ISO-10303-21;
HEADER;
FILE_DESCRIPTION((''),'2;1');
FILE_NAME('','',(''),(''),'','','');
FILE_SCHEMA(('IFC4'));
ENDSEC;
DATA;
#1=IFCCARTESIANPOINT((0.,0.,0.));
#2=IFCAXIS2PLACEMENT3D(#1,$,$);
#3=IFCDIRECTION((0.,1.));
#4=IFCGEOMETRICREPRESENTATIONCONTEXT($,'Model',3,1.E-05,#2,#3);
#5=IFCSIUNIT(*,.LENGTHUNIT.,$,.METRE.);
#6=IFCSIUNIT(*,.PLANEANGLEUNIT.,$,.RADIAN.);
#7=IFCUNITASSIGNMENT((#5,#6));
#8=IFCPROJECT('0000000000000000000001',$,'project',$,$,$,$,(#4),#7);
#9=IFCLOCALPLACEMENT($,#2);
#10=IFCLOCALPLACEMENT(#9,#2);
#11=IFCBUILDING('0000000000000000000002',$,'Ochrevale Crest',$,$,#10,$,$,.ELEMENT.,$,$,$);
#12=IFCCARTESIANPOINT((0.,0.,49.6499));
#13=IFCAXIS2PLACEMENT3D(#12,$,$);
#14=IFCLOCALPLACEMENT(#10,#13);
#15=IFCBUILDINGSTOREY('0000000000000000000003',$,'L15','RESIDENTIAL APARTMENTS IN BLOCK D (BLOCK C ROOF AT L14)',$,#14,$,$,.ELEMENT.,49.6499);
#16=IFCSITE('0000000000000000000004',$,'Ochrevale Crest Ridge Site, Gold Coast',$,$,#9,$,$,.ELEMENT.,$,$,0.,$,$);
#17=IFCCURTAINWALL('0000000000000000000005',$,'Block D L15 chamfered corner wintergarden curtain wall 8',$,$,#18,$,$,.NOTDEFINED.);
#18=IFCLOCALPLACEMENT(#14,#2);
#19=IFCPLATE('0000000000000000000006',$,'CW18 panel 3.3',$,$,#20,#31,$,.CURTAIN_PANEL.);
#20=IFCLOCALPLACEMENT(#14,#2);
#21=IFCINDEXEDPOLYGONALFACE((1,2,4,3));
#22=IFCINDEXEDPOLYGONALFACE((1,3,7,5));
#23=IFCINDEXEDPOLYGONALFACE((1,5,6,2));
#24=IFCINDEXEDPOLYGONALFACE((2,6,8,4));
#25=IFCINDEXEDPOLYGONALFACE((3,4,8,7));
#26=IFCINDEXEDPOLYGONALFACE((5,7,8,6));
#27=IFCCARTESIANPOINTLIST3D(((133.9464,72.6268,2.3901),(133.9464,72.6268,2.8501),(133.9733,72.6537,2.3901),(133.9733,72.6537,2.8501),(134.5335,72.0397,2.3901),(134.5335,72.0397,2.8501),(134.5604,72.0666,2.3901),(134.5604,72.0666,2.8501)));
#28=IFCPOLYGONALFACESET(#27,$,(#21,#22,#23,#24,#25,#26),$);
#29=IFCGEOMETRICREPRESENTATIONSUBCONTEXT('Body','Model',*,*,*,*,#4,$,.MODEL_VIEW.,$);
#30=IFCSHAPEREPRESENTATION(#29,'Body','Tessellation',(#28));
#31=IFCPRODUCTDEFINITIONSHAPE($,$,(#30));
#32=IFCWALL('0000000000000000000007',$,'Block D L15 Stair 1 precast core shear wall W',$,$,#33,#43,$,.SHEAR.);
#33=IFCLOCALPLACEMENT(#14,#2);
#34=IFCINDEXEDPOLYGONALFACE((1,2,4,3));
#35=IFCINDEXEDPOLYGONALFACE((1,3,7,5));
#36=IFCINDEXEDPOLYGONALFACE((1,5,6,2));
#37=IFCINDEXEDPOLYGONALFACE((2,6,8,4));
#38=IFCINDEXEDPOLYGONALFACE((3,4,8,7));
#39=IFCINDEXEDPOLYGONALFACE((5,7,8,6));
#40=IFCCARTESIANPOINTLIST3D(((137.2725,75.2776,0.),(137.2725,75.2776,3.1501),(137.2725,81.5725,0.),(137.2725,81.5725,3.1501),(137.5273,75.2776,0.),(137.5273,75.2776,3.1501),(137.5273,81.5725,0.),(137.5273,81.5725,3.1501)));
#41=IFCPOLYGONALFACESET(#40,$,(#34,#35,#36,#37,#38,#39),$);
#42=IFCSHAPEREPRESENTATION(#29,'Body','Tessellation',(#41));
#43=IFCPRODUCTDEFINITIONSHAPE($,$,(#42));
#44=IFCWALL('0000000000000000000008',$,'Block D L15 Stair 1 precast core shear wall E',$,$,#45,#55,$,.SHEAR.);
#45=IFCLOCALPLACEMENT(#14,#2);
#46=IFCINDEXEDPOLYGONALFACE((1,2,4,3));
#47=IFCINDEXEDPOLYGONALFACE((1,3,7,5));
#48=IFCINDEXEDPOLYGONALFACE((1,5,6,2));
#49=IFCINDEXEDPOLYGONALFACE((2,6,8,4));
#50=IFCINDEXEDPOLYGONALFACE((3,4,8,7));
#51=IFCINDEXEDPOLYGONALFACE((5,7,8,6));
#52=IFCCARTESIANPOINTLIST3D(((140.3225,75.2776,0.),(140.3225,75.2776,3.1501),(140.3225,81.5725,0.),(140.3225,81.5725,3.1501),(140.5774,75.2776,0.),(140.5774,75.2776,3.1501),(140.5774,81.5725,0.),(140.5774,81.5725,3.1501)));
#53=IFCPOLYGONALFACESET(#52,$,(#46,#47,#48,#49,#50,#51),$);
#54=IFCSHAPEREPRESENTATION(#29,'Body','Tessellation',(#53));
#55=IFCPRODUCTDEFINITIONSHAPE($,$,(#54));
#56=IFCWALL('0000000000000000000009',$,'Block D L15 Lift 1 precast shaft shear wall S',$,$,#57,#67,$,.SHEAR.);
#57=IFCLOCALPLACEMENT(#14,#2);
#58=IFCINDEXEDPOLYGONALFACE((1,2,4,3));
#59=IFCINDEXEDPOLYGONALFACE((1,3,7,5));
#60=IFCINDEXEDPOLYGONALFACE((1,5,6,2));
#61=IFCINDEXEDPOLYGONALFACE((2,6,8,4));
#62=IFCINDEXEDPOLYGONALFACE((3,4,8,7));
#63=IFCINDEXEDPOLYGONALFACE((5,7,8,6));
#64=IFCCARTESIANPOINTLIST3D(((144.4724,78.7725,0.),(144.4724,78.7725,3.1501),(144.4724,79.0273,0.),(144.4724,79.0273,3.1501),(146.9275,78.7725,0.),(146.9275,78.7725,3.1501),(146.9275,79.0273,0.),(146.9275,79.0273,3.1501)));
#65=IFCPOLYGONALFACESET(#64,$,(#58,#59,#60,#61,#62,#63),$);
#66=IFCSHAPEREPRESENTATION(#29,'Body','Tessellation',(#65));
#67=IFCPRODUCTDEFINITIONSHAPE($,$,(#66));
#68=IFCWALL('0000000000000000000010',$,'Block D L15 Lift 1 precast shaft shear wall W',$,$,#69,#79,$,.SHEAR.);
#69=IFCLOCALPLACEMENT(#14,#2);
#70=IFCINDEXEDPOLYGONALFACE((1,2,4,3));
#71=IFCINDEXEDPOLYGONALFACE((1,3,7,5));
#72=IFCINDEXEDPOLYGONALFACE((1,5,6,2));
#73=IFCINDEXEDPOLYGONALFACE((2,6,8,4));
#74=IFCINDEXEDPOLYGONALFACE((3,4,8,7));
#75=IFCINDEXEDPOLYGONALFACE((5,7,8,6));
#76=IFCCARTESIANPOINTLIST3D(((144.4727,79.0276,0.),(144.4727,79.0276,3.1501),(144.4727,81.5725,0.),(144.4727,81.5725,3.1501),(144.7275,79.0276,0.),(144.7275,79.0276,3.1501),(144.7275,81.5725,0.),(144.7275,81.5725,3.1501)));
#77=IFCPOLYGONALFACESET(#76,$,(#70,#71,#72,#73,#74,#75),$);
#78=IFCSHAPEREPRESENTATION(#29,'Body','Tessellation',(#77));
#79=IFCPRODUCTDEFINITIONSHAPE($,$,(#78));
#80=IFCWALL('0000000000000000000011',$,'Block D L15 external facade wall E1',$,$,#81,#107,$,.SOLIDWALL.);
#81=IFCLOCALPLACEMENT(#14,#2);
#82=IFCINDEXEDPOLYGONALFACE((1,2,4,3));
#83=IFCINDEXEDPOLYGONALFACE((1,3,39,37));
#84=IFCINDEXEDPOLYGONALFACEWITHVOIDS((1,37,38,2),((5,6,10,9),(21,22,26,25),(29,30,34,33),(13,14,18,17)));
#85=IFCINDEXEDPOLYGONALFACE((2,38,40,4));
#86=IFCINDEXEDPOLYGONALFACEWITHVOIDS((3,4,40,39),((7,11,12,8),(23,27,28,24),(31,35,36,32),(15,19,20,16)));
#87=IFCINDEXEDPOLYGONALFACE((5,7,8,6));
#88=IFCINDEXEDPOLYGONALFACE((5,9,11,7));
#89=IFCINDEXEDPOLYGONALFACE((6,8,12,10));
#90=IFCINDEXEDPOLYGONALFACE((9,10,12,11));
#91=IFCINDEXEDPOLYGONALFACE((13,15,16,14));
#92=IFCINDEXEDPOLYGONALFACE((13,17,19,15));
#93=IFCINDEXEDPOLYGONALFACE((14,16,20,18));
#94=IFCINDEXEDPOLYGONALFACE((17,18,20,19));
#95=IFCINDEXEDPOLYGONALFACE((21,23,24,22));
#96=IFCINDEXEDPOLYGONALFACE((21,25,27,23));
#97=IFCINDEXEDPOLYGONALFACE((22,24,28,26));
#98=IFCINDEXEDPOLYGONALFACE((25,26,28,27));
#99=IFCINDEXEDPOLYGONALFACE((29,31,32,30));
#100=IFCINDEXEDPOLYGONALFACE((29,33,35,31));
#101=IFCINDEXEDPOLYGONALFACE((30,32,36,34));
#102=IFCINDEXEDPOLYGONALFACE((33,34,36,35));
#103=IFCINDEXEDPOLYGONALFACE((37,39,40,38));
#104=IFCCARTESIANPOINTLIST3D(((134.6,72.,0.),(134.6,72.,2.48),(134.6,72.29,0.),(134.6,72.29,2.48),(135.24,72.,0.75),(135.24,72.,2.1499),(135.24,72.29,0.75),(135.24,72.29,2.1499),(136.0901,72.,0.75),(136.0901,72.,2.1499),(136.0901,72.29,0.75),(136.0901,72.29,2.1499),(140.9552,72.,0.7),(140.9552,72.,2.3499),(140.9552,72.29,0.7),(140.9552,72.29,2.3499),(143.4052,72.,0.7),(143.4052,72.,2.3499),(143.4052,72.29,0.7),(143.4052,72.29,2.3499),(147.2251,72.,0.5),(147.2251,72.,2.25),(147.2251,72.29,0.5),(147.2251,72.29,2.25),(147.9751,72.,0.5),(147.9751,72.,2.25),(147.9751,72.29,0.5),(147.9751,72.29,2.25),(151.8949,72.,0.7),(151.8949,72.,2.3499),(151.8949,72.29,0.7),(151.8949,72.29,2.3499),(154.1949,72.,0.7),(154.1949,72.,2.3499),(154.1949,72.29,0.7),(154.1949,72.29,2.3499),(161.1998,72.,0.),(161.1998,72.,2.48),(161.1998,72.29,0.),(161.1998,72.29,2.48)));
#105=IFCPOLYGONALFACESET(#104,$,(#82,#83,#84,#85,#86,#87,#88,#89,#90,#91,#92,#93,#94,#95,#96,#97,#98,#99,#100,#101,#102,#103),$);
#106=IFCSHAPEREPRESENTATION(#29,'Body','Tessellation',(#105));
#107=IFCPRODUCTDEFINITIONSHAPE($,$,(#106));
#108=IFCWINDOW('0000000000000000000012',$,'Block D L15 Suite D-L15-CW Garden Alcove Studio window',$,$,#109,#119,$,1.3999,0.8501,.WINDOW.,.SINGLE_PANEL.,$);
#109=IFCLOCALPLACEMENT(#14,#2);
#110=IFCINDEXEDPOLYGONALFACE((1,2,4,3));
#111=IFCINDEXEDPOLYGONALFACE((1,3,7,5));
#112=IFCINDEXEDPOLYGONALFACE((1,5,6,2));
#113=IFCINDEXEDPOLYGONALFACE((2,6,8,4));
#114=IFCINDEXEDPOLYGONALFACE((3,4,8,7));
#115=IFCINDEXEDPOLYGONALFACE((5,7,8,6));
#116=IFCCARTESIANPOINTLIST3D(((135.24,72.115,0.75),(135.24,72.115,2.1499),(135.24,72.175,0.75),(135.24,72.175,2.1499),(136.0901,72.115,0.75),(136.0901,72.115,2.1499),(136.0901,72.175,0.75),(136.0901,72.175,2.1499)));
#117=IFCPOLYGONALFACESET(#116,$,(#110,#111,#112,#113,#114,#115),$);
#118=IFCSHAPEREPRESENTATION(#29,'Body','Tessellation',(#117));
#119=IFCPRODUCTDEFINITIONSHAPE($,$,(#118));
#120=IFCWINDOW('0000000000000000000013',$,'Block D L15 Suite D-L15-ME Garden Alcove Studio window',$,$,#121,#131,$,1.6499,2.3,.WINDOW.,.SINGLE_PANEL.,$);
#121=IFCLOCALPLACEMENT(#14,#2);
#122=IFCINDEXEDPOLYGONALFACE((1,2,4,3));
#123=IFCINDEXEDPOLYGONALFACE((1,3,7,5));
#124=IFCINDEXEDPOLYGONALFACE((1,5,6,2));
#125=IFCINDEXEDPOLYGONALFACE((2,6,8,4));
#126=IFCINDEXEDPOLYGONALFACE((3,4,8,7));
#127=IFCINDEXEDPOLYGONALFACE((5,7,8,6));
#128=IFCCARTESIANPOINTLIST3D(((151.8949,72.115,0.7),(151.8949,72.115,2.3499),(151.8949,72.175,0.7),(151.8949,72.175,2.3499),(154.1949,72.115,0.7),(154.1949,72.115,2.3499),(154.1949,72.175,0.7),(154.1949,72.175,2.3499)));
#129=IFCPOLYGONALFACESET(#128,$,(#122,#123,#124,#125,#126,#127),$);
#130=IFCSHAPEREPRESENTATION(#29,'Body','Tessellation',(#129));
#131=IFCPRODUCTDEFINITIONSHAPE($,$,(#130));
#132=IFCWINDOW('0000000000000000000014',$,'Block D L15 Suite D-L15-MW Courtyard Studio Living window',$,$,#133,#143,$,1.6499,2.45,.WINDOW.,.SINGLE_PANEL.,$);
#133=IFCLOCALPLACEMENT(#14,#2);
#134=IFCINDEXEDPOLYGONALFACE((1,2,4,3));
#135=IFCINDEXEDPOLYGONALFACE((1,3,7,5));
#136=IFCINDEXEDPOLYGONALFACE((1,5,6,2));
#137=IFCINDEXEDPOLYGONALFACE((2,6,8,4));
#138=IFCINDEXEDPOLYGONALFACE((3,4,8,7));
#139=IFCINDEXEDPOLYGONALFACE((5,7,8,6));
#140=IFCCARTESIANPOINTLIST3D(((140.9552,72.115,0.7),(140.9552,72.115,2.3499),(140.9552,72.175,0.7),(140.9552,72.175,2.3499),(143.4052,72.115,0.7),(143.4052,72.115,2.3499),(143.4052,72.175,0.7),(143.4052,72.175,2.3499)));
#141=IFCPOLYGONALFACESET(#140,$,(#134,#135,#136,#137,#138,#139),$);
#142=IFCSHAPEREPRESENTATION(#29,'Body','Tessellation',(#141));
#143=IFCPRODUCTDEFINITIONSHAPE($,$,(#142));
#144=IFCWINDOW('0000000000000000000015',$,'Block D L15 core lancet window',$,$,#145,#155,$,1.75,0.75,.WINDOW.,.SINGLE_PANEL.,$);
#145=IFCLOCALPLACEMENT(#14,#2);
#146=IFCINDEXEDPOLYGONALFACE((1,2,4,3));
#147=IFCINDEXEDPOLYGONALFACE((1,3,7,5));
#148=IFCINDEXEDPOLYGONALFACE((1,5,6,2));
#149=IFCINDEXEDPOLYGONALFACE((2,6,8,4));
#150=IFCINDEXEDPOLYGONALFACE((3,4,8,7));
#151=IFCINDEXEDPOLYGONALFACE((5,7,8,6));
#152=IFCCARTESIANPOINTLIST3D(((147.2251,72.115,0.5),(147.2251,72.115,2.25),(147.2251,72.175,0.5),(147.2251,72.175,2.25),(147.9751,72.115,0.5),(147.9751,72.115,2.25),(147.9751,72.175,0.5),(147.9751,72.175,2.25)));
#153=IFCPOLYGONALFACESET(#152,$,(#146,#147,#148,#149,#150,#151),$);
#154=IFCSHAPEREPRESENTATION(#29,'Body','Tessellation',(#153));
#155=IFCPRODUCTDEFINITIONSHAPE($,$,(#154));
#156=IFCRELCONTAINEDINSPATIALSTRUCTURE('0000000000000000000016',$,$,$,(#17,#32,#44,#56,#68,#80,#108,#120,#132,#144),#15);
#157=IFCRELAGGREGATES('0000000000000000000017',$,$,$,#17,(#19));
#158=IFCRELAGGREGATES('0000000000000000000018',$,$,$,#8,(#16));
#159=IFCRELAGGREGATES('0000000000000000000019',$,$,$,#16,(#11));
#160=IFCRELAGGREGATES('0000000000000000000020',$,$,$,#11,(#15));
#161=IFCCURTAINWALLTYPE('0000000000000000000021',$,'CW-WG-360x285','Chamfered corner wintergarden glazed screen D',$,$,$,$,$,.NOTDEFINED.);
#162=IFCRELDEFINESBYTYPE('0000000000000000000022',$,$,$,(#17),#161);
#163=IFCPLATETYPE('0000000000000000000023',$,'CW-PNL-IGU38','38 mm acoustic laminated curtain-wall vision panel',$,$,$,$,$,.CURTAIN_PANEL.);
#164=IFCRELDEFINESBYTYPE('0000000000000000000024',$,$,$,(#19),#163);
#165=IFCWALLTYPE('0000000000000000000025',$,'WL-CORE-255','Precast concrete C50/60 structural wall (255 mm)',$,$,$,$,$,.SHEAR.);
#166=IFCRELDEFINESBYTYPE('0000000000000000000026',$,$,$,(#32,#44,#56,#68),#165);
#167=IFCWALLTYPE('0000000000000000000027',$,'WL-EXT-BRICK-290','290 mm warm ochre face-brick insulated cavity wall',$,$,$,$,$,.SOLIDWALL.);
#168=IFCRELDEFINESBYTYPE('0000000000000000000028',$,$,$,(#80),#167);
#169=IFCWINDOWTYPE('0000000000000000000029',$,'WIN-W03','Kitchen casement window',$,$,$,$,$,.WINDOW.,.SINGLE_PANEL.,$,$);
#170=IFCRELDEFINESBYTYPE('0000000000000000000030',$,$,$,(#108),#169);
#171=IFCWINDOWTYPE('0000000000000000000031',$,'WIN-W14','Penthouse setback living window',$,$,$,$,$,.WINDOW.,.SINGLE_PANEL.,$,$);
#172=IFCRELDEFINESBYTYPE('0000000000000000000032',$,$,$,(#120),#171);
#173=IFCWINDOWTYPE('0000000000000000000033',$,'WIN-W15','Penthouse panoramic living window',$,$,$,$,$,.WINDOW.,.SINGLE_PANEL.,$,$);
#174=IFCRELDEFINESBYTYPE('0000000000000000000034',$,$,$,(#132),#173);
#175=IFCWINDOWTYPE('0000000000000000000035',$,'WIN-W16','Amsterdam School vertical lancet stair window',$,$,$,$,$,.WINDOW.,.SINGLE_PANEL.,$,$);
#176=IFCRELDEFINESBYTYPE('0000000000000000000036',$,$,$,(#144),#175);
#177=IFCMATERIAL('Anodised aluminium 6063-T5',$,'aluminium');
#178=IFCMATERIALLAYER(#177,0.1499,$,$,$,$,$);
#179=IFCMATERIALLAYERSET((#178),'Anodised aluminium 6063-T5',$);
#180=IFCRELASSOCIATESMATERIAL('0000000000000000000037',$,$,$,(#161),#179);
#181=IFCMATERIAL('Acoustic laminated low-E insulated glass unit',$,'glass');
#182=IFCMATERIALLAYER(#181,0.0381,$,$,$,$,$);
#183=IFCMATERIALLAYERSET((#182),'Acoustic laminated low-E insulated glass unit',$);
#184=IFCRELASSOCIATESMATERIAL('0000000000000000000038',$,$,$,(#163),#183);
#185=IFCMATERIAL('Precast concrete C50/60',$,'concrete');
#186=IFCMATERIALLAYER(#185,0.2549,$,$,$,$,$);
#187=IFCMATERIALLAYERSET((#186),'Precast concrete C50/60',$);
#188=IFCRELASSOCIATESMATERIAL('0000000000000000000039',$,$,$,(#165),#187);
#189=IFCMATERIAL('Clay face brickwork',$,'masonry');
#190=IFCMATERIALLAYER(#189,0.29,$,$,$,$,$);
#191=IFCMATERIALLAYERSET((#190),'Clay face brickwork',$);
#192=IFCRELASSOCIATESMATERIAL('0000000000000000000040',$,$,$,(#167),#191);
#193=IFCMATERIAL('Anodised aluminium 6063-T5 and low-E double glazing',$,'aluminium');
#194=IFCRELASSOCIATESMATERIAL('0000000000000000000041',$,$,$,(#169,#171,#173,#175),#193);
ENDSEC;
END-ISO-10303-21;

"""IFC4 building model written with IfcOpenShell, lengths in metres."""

from ifc_helpers import new_model, si_unit, direction, frame, frame_2d, origin, origin_2d, place, context, subcontext, project, spatial, rectangle, extrude, material, layer, layer_set, type_object, element, fill, aggregate, save


model = new_model("IFC4")

# Units and contexts
model_context = context("Model", 3, precision=1e-05, world=origin(), true_north=direction((0.0, 1.0)))
body_context = subcontext(model_context, "Body", "Model", "MODEL_VIEW")
ifc_project = project(units=[si_unit("LENGTHUNIT", "METRE"), si_unit("PLANEANGLEUNIT", "RADIAN")], contexts=[model_context])

# Site, building, storey
site_placement = place(None, origin())
site = spatial("IfcSite", under=ifc_project, at=site_placement, Name="Ochrevale Crest Ridge Site, Gold Coast", CompositionType="ELEMENT", RefElevation=0.0)
building_placement = place(site_placement, origin())
building = spatial("IfcBuilding", under=site, at=building_placement, Name="Ochrevale Crest", CompositionType="ELEMENT")
storey_placement = place(building_placement, frame((0.0, 0.0, 49.6499)))
storey = spatial("IfcBuildingStorey", under=building, at=storey_placement, Name="L15", Description="RESIDENTIAL APARTMENTS IN BLOCK D (BLOCK C ROOF AT L14)", CompositionType="ELEMENT", Elevation=49.6499)

# Shared definitions
ifc_material_1 = material(Name="Precast concrete C50/60", Category="concrete")

# Curtain wall, plate
ifc_material_2 = material(Name="Anodised aluminium 6063-T5", Category="aluminium")
ifc_layer_1 = layer(ifc_material_2, 0.1499)
ifc_layer_set_1 = layer_set([ifc_layer_1], Name="Anodised aluminium 6063-T5")
curtain_wall_type = type_object("IfcCurtainWallType", Name="CW-WG-360x285", Description="Chamfered corner wintergarden glazed screen D", PredefinedType="NOTDEFINED", material=ifc_layer_set_1)
curtain_wall_placement = place(storey_placement, origin())
curtain_wall = element("IfcCurtainWall", 1, at=curtain_wall_placement, inside=storey, type_object=curtain_wall_type, Name="Block D L15 chamfered corner wintergarden curtain wall 8", PredefinedType="NOTDEFINED")
ifc_material_3 = material(Name="Acoustic laminated low-E insulated glass unit", Category="glass")
ifc_layer_2 = layer(ifc_material_3, 0.0381)
ifc_layer_set_2 = layer_set([ifc_layer_2], Name="Acoustic laminated low-E insulated glass unit")
plate_type = type_object("IfcPlateType", Name="CW-PNL-IGU38", Description="38 mm acoustic laminated curtain-wall vision panel", PredefinedType="CURTAIN_PANEL", material=ifc_layer_set_2)
plate_1_placement = place(storey_placement, frame((134.2534, 72.3467, 2.3901), z_axis=(0.0, 0.0, 1.0), x_axis=(0.707107, -0.707107, 0.0)))
plate_1 = element("IfcPlate", 2, at=plate_1_placement, type_object=plate_type, Name="CW18 panel 3.3", PredefinedType="CURTAIN_PANEL", context=body_context, shape_type="SweptSolid", body=[
    extrude(rectangle(XDim=0.8303, YDim=0.0381, at=origin_2d()), origin(), (0.0, 0.0, 1.0), 0.46),
])
aggregate(curtain_wall, [plate_1])

# Walls
ifc_layer_3 = layer(ifc_material_1, 0.2549)
ifc_layer_set_3 = layer_set([ifc_layer_3], Name="Precast concrete C50/60")
wall_type_1 = type_object("IfcWallType", Name="WL-CORE-255", Description="Precast concrete C50/60 structural wall (255 mm)", PredefinedType="SHEAR", material=ifc_layer_set_3)
for number, where, z_axis, x_axis, name in (
    (3, (137.3999, 75.2776, 0.0), (0.0, 0.0, 1.0), (0.0, 1.0, 0.0), "Block D L15 Stair 1 precast core shear wall W"),
    (4, (140.45, 75.2776, 0.0), (0.0, 0.0, 1.0), (0.0, 1.0, 0.0), "Block D L15 Stair 1 precast core shear wall E"),
):
    element("IfcWall", number, at=place(storey_placement, frame(where, z_axis=z_axis, x_axis=x_axis)), inside=storey, type_object=wall_type_1, Name=name, PredefinedType="SHEAR", context=body_context, shape_type="SweptSolid", body=[
        extrude(rectangle(XDim=6.2949, YDim=0.2549, at=frame_2d((3.1475, 0.0))), origin(), (0.0, 0.0, 1.0), 3.1501),
    ])
wall_1_placement = place(storey_placement, frame((144.4724, 78.8999, 0.0), z_axis=(0.0, 0.0, 1.0), x_axis=(1.0, 0.0, 0.0)))
element("IfcWall", 5, at=wall_1_placement, inside=storey, type_object=wall_type_1, Name="Block D L15 Lift 1 precast shaft shear wall S", PredefinedType="SHEAR", context=body_context, shape_type="SweptSolid", body=[
    extrude(rectangle(XDim=2.4551, YDim=0.2549, at=frame_2d((1.2275, 0.0))), origin(), (0.0, 0.0, 1.0), 3.1501),
])
wall_2_placement = place(storey_placement, frame((144.6001, 79.0276, 0.0), z_axis=(0.0, 0.0, 1.0), x_axis=(0.0, 1.0, 0.0)))
element("IfcWall", 6, at=wall_2_placement, inside=storey, type_object=wall_type_1, Name="Block D L15 Lift 1 precast shaft shear wall W", PredefinedType="SHEAR", context=body_context, shape_type="SweptSolid", body=[
    extrude(rectangle(XDim=2.5449, YDim=0.2549, at=frame_2d((1.2725, 0.0))), origin(), (0.0, 0.0, 1.0), 3.1501),
])

# Wall, openings, windows
ifc_material_4 = material(Name="Clay face brickwork", Category="masonry")
ifc_layer_4 = layer(ifc_material_4, 0.29)
ifc_layer_set_4 = layer_set([ifc_layer_4], Name="Clay face brickwork")
wall_type_2 = type_object("IfcWallType", Name="WL-EXT-BRICK-290", Description="290 mm warm ochre face-brick insulated cavity wall", PredefinedType="SOLIDWALL", material=ifc_layer_set_4)
wall_3_placement = place(storey_placement, frame((134.6001, 72.145, 0.0), z_axis=(0.0, 0.0, 1.0), x_axis=(1.0, 0.0, 0.0)))
wall_3 = element("IfcWall", 7, at=wall_3_placement, inside=storey, type_object=wall_type_2, Name="Block D L15 external facade wall E1", PredefinedType="SOLIDWALL", context=body_context, shape_type="SweptSolid", body=[
    extrude(rectangle(XDim=26.5999, YDim=0.29, at=frame_2d((13.2998, 0.0))), origin(), (0.0, 0.0, 1.0), 2.48),
])
opening_1_placement = place(wall_3_placement, frame((12.625, 0.0, 0.5)))
opening_1 = element("IfcOpeningElement", 8, at=opening_1_placement, cuts=wall_3, PredefinedType="OPENING", context=body_context, shape_type="SweptSolid", body=[
    extrude(rectangle(XDim=0.75, YDim=1.75, at=frame_2d((0.375, 0.875))), frame((0.0, 0.155, 0.0), z_axis=(0.0, -1.0, 0.0), x_axis=(1.0, 0.0, 0.0)), (0.0, 0.0, 1.0), 0.3101),
])
opening_2_placement = place(wall_3_placement, frame((0.6399, 0.0, 0.75)))
opening_2 = element("IfcOpeningElement", 9, at=opening_2_placement, cuts=wall_3, PredefinedType="OPENING", context=body_context, shape_type="SweptSolid", body=[
    extrude(rectangle(XDim=0.8501, YDim=1.3999, at=frame_2d((0.425, 0.7))), frame((0.0, 0.155, 0.0), z_axis=(0.0, -1.0, 0.0), x_axis=(1.0, 0.0, 0.0)), (0.0, 0.0, 1.0), 0.3101),
])
opening_3_placement = place(wall_3_placement, frame((17.2949, 0.0, 0.7)))
opening_3 = element("IfcOpeningElement", 10, at=opening_3_placement, cuts=wall_3, PredefinedType="OPENING", context=body_context, shape_type="SweptSolid", body=[
    extrude(rectangle(XDim=2.3, YDim=1.6499, at=frame_2d((1.1499, 0.825))), frame((0.0, 0.155, 0.0), z_axis=(0.0, -1.0, 0.0), x_axis=(1.0, 0.0, 0.0)), (0.0, 0.0, 1.0), 0.3101),
])
opening_4_placement = place(wall_3_placement, frame((6.355, 0.0, 0.7)))
opening_4 = element("IfcOpeningElement", 11, at=opening_4_placement, cuts=wall_3, PredefinedType="OPENING", context=body_context, shape_type="SweptSolid", body=[
    extrude(rectangle(XDim=2.45, YDim=1.6499, at=frame_2d((1.2251, 0.825))), frame((0.0, 0.155, 0.0), z_axis=(0.0, -1.0, 0.0), x_axis=(1.0, 0.0, 0.0)), (0.0, 0.0, 1.0), 0.3101),
])
ifc_material_5 = material(Name="Anodised aluminium 6063-T5 and low-E double glazing", Category="aluminium")
window_type_1 = type_object("IfcWindowType", Name="WIN-W03", Description="Kitchen casement window", PartitioningType="SINGLE_PANEL", PredefinedType="WINDOW", material=ifc_material_5)
window_1_placement = place(opening_2_placement, origin())
window_1 = element("IfcWindow", 12, at=window_1_placement, inside=storey, type_object=window_type_1, Name="Block D L15 Suite D-L15-CW Garden Alcove Studio window", OverallHeight=1.3999, OverallWidth=0.8501, PartitioningType="SINGLE_PANEL", PredefinedType="WINDOW", context=body_context, shape_type="SweptSolid", body=[
    extrude(rectangle(XDim=0.8501, YDim=1.3999, at=frame_2d((0.425, 0.7))), frame((0.0, 0.03, 0.0), z_axis=(0.0, -1.0, 0.0), x_axis=(1.0, 0.0, 0.0)), (0.0, 0.0, 1.0), 0.0601),
])
fill(opening_2, window_1)
window_type_2 = type_object("IfcWindowType", Name="WIN-W14", Description="Penthouse setback living window", PartitioningType="SINGLE_PANEL", PredefinedType="WINDOW", material=ifc_material_5)
window_2_placement = place(opening_3_placement, origin())
window_2 = element("IfcWindow", 13, at=window_2_placement, inside=storey, type_object=window_type_2, Name="Block D L15 Suite D-L15-ME Garden Alcove Studio window", OverallHeight=1.6499, OverallWidth=2.3, PartitioningType="SINGLE_PANEL", PredefinedType="WINDOW", context=body_context, shape_type="SweptSolid", body=[
    extrude(rectangle(XDim=2.3, YDim=1.6499, at=frame_2d((1.1499, 0.825))), frame((0.0, 0.03, 0.0), z_axis=(0.0, -1.0, 0.0), x_axis=(1.0, 0.0, 0.0)), (0.0, 0.0, 1.0), 0.0601),
])
fill(opening_3, window_2)
window_type_3 = type_object("IfcWindowType", Name="WIN-W15", Description="Penthouse panoramic living window", PartitioningType="SINGLE_PANEL", PredefinedType="WINDOW", material=ifc_material_5)
window_3_placement = place(opening_4_placement, origin())
window_3 = element("IfcWindow", 14, at=window_3_placement, inside=storey, type_object=window_type_3, Name="Block D L15 Suite D-L15-MW Courtyard Studio Living window", OverallHeight=1.6499, OverallWidth=2.45, PartitioningType="SINGLE_PANEL", PredefinedType="WINDOW", context=body_context, shape_type="SweptSolid", body=[
    extrude(rectangle(XDim=2.45, YDim=1.6499, at=frame_2d((1.2251, 0.825))), frame((0.0, 0.03, 0.0), z_axis=(0.0, -1.0, 0.0), x_axis=(1.0, 0.0, 0.0)), (0.0, 0.0, 1.0), 0.0601),
])
fill(opening_4, window_3)
window_type_4 = type_object("IfcWindowType", Name="WIN-W16", Description="Amsterdam School vertical lancet stair window", PartitioningType="SINGLE_PANEL", PredefinedType="WINDOW", material=ifc_material_5)
window_4_placement = place(opening_1_placement, origin())
window_4 = element("IfcWindow", 15, at=window_4_placement, inside=storey, type_object=window_type_4, Name="Block D L15 core lancet window", OverallHeight=1.75, OverallWidth=0.75, PartitioningType="SINGLE_PANEL", PredefinedType="WINDOW", context=body_context, shape_type="SweptSolid", body=[
    extrude(rectangle(XDim=0.75, YDim=1.75, at=frame_2d((0.375, 0.875))), frame((0.0, 0.03, 0.0), z_axis=(0.0, -1.0, 0.0), x_axis=(1.0, 0.0, 0.0)), (0.0, 0.0, 1.0), 0.0601),
])
fill(opening_1, window_4)

save(model, "model.ifc")
